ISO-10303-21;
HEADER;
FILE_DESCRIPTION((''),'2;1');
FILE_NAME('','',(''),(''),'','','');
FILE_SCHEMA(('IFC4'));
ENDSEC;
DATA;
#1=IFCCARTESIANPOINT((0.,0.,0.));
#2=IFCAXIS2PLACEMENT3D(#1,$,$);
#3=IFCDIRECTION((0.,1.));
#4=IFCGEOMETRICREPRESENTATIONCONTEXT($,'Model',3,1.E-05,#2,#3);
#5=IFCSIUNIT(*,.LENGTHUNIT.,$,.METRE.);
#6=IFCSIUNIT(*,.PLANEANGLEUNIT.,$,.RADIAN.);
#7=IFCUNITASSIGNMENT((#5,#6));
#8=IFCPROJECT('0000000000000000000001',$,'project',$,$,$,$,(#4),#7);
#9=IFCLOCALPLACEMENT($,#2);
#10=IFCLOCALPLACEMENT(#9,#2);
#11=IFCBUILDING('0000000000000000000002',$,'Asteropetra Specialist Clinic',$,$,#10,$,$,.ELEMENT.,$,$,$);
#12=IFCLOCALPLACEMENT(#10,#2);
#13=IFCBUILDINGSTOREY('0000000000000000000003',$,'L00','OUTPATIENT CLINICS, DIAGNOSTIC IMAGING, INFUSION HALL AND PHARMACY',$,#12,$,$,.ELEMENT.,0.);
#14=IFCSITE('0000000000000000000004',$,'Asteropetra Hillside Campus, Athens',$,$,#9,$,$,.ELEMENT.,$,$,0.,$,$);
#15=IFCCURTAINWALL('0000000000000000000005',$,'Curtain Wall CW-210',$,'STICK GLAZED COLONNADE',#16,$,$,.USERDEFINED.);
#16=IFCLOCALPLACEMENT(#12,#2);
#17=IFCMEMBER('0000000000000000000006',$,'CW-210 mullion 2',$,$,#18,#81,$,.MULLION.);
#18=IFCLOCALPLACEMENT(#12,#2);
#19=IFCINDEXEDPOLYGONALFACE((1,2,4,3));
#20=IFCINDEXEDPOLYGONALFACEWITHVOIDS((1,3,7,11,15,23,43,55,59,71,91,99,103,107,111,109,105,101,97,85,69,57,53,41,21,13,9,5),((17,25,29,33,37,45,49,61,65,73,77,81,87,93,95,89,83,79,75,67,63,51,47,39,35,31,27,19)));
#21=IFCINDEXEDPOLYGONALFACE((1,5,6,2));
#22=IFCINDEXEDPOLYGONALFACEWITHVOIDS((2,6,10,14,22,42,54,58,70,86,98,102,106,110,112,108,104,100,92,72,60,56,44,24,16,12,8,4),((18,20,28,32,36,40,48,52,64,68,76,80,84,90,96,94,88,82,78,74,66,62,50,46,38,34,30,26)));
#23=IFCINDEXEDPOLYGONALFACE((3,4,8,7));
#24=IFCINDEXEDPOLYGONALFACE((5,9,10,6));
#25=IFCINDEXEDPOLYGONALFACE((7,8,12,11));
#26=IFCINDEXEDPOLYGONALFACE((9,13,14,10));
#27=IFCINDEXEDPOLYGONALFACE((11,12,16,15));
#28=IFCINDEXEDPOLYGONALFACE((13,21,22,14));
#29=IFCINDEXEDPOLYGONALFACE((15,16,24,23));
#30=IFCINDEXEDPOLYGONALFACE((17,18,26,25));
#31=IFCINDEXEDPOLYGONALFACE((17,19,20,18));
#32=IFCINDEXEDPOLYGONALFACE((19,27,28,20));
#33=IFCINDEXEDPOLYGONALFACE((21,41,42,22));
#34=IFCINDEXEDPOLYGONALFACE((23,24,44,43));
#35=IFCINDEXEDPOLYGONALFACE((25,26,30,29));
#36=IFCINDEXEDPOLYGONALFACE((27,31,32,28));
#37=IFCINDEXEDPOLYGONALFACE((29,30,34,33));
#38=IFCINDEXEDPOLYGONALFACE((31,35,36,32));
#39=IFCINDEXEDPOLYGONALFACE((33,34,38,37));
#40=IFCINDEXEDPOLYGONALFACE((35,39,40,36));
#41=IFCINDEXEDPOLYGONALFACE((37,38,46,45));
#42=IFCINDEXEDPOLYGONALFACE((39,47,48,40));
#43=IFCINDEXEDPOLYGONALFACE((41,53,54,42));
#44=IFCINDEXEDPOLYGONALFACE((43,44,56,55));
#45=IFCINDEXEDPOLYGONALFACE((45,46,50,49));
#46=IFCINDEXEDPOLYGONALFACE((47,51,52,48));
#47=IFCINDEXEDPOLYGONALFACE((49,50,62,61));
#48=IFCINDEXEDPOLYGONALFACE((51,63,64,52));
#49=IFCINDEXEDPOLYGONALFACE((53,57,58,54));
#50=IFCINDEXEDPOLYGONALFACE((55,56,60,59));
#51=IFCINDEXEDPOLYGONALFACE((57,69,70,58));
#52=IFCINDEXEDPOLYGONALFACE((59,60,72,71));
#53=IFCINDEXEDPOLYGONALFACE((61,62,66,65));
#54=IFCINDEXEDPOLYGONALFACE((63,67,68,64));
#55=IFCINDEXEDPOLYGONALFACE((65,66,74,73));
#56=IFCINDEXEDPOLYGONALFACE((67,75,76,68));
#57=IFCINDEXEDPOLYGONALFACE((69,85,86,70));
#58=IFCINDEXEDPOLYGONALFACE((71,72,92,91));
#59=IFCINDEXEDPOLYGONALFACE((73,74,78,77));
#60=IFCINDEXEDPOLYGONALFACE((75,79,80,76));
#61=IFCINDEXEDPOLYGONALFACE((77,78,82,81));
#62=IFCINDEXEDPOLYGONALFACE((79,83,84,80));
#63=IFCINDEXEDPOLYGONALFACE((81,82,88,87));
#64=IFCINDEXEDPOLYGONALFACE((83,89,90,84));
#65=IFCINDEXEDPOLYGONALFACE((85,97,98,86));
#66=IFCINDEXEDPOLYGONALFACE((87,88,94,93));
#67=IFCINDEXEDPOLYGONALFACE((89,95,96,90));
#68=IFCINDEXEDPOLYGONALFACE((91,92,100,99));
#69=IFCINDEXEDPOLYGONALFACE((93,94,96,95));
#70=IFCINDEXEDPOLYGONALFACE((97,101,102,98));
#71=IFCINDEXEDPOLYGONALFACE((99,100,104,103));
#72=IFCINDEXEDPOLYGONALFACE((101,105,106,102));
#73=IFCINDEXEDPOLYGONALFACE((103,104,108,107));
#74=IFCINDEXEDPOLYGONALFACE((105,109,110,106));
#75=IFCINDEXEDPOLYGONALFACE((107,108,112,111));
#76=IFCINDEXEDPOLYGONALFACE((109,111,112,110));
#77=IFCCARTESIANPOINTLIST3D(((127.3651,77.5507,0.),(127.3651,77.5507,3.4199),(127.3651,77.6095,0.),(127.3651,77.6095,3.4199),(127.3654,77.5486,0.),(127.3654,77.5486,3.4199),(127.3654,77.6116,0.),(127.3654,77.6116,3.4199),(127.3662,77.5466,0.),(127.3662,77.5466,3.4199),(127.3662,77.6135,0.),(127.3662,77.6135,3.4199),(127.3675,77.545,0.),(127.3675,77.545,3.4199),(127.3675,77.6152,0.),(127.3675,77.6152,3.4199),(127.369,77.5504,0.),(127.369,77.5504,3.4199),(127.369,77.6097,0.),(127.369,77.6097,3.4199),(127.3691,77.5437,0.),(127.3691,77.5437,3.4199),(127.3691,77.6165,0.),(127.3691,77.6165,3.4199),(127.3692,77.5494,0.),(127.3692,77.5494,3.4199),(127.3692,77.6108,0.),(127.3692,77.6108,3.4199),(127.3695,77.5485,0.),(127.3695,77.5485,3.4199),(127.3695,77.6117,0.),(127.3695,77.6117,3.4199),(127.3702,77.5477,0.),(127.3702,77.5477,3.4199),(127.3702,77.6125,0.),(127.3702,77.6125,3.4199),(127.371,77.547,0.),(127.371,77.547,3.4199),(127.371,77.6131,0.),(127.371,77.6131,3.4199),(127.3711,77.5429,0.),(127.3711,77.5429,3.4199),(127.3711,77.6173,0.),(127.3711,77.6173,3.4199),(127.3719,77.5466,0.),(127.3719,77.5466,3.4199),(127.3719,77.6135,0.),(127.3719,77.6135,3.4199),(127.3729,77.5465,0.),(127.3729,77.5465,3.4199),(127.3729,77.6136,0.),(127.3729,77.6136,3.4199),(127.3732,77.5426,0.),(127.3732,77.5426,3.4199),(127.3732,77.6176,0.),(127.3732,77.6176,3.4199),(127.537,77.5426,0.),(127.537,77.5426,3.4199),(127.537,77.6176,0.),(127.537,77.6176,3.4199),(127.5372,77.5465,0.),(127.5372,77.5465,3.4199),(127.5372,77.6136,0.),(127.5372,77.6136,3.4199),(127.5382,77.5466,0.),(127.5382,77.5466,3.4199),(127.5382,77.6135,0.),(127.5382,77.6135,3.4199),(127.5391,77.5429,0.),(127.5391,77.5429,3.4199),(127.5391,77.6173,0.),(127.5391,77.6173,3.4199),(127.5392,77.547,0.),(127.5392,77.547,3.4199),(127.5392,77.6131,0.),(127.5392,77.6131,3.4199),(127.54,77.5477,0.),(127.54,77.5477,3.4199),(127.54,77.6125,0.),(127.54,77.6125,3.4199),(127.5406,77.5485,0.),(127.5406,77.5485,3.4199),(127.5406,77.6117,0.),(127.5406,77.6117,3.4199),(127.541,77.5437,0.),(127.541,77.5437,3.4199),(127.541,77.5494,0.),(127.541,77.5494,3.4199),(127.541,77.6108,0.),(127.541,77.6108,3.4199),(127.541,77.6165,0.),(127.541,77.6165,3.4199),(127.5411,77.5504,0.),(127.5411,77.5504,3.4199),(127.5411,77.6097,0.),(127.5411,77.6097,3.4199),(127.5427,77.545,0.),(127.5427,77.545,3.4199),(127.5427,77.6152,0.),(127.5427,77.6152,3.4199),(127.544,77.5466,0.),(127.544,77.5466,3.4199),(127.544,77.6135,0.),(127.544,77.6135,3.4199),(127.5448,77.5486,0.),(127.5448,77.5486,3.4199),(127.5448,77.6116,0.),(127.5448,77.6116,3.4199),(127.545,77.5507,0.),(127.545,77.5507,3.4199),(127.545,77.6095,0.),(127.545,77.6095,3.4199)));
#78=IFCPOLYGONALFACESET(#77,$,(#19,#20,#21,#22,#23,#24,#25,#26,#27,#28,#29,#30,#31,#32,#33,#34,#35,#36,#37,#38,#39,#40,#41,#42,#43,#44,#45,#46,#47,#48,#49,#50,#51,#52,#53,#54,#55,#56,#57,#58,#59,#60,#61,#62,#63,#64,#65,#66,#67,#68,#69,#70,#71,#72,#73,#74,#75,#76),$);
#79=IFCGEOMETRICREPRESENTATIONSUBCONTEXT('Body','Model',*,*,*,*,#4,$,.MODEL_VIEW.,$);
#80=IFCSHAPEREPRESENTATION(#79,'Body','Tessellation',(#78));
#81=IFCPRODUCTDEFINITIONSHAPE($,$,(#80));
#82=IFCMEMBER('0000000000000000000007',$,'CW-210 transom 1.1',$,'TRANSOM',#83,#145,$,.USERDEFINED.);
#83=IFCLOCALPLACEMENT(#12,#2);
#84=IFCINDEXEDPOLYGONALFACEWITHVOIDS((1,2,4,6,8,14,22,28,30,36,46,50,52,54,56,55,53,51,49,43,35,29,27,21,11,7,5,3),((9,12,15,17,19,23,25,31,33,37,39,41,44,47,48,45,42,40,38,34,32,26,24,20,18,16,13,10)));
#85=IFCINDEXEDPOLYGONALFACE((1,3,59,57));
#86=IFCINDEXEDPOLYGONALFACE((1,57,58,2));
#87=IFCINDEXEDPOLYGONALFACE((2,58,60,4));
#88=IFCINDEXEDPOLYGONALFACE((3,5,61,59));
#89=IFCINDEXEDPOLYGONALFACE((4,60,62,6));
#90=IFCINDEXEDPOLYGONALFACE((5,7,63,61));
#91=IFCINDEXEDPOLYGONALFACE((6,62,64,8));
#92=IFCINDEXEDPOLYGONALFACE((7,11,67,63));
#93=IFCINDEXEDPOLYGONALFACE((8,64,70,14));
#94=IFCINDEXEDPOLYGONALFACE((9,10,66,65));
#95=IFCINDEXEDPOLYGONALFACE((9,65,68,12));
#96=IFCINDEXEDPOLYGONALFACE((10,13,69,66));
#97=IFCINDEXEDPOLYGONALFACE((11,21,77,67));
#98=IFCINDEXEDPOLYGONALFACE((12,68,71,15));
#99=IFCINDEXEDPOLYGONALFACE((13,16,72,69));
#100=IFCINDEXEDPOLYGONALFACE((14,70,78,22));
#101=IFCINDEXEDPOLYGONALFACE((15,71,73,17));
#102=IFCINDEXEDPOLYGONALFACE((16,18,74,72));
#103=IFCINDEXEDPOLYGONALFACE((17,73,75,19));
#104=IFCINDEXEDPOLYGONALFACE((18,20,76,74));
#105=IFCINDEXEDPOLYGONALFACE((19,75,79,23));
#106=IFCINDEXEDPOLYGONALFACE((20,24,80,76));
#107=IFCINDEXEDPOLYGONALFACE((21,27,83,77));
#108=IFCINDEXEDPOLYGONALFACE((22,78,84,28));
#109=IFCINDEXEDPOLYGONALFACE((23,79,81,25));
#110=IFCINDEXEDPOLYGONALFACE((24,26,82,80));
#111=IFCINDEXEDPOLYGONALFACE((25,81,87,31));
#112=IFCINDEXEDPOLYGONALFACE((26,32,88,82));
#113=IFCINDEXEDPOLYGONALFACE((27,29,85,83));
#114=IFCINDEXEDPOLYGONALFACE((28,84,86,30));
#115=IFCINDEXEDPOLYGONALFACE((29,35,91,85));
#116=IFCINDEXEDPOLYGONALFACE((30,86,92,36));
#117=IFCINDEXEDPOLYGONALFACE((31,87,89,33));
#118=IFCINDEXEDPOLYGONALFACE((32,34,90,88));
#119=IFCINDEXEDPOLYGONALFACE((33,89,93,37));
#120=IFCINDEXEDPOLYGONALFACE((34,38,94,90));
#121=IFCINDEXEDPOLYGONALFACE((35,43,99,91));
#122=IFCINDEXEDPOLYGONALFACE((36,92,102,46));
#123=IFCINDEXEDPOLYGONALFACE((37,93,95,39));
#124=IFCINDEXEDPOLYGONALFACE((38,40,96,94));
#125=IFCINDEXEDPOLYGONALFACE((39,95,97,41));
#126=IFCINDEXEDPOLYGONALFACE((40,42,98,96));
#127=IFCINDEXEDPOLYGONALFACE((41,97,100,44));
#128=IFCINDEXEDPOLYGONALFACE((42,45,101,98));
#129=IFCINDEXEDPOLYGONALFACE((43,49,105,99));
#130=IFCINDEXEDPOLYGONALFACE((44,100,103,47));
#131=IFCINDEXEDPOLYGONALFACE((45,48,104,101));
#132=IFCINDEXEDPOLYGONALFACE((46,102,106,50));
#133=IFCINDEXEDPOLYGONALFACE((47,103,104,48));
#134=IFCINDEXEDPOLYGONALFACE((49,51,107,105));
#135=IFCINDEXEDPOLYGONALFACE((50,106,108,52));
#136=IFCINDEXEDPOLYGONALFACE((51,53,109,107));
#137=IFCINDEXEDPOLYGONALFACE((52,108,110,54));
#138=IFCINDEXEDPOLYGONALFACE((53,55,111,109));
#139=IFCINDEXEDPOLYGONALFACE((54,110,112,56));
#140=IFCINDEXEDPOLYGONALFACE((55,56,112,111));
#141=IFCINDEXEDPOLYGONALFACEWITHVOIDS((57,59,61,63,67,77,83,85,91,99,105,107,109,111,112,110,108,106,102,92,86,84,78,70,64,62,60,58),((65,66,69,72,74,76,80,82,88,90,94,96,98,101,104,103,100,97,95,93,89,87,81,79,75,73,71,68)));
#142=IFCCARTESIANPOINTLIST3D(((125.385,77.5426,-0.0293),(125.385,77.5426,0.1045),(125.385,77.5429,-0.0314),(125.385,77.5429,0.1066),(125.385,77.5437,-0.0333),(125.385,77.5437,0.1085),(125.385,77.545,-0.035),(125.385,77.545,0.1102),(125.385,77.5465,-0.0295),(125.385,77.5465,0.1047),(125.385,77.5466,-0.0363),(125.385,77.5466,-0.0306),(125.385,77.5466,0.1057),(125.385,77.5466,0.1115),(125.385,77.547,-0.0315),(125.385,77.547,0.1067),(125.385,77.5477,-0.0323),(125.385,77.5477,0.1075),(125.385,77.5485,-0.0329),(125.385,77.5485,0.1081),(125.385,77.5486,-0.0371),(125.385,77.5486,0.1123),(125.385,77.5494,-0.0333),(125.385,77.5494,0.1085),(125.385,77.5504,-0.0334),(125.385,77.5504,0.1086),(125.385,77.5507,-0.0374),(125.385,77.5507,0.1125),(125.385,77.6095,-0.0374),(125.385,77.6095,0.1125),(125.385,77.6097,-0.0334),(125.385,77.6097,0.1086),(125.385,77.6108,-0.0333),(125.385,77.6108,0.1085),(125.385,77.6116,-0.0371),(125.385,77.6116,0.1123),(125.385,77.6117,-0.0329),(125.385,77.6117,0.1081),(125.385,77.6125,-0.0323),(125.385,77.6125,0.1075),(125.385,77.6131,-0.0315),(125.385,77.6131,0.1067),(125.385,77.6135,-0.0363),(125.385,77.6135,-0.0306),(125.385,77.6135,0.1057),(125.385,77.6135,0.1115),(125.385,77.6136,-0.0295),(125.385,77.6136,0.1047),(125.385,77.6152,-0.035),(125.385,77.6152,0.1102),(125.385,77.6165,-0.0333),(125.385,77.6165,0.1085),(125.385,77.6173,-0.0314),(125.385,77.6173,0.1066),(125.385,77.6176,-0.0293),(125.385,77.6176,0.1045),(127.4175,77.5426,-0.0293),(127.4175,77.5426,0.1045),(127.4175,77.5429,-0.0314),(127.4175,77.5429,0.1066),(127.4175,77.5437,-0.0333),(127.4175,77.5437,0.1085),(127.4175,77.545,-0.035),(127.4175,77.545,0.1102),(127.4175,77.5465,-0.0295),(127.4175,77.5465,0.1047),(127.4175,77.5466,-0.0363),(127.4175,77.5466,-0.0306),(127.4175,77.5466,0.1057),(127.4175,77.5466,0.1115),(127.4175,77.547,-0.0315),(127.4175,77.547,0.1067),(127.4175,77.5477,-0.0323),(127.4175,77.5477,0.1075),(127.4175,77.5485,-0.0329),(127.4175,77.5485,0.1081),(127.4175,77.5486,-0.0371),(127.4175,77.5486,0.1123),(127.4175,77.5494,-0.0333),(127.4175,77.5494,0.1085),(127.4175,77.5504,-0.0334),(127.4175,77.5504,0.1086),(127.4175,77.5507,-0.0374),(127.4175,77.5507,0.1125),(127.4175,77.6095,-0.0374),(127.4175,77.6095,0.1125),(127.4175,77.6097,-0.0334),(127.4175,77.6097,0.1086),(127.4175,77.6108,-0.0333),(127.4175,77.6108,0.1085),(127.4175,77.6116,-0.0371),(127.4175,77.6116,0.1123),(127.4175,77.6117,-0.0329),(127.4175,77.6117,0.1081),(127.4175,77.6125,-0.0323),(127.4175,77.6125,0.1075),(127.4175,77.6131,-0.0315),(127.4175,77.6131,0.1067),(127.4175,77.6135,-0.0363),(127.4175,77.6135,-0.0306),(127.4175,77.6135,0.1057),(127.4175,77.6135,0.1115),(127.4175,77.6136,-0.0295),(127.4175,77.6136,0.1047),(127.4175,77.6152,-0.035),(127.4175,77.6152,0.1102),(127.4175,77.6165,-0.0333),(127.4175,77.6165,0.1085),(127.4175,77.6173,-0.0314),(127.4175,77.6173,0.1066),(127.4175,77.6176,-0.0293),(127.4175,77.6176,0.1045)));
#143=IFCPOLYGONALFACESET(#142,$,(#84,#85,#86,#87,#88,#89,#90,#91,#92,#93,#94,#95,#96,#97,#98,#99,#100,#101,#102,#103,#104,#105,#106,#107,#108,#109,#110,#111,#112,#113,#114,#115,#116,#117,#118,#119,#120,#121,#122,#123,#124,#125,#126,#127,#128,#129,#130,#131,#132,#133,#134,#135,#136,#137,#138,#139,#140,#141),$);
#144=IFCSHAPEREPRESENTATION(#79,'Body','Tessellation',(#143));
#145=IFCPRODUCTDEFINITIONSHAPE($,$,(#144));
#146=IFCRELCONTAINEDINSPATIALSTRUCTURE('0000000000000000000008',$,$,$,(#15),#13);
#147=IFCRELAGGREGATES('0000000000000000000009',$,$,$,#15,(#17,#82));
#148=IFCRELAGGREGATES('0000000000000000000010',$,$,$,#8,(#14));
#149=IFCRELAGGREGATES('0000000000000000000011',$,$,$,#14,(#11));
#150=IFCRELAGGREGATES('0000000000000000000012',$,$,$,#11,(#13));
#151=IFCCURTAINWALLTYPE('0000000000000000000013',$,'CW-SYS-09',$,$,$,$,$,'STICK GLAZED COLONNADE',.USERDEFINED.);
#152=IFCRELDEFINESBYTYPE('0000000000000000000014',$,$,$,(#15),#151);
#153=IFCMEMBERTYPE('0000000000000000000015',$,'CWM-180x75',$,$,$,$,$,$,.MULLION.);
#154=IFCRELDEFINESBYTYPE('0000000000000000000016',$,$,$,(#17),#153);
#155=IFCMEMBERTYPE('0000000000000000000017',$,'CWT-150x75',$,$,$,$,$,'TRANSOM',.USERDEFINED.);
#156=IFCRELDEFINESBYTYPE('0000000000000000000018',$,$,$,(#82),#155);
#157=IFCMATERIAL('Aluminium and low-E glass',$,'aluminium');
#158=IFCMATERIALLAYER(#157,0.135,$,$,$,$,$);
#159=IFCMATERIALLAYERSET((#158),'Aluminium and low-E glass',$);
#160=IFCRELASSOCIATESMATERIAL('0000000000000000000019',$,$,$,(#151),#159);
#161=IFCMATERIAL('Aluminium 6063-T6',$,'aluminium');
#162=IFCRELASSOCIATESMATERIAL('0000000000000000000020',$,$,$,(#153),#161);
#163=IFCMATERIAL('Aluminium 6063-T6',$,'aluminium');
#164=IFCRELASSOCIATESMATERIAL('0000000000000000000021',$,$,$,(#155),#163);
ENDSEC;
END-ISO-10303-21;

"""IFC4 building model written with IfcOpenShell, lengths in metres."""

from ifc_helpers import new_model, si_unit, direction, frame, origin, origin_2d, place, context, subcontext, project, spatial, hollow_rectangle, extrude, material, layer, layer_set, material_profile, profile_set, type_object, element, aggregate, save


model = new_model("IFC4")

# Units and contexts
model_context = context("Model", 3, precision=1e-05, world=origin(), true_north=direction((0.0, 1.0)))
body_context = subcontext(model_context, "Body", "Model", "MODEL_VIEW")
ifc_project = project(units=[si_unit("LENGTHUNIT", "METRE"), si_unit("PLANEANGLEUNIT", "RADIAN")], contexts=[model_context])

# Site, building, storey
site_placement = place(None, origin())
site = spatial("IfcSite", under=ifc_project, at=site_placement, Name="Asteropetra Hillside Campus, Athens", CompositionType="ELEMENT", RefElevation=0.0)
building_placement = place(site_placement, origin())
building = spatial("IfcBuilding", under=site, at=building_placement, Name="Asteropetra Specialist Clinic", CompositionType="ELEMENT")
storey_placement = place(building_placement, origin())
storey = spatial("IfcBuildingStorey", under=building, at=storey_placement, Name="L00", Description="OUTPATIENT CLINICS, DIAGNOSTIC IMAGING, INFUSION HALL AND PHARMACY", CompositionType="ELEMENT", Elevation=0.0)

# Curtain wall, members
ifc_material_1 = material(Name="Aluminium and low-E glass", Category="aluminium")
ifc_layer_1 = layer(ifc_material_1, 0.135)
ifc_layer_set_1 = layer_set([ifc_layer_1], Name="Aluminium and low-E glass")
curtain_wall_type_1 = type_object("IfcCurtainWallType", Name="CW-SYS-09", ElementType="STICK GLAZED COLONNADE", PredefinedType="USERDEFINED", material=ifc_layer_set_1)
curtain_wall_1_placement = place(storey_placement, origin())
curtain_wall_1 = element("IfcCurtainWall", 1, at=curtain_wall_1_placement, inside=storey, type_object=curtain_wall_type_1, Name="Curtain Wall CW-210", ObjectType="STICK GLAZED COLONNADE", PredefinedType="USERDEFINED")
ifc_material_2 = material(Name="Aluminium 6063-T6", Category="aluminium")
ifc_material_profile_1 = material_profile(ifc_material_2, hollow_rectangle(XDim=0.075, YDim=0.1799, WallThickness=0.0039, InnerFilletRadius=0.0039, OuterFilletRadius=0.0081, at=origin_2d()), Name="MUL 180x75x4.0")
ifc_profile_set_1 = profile_set([ifc_material_profile_1], Name="Aluminium 6063-T6")
member_type_1 = type_object("IfcMemberType", Name="CWM-180x75", PredefinedType="MULLION", material=ifc_profile_set_1)
member_1_placement = place(storey_placement, frame((127.4551, 77.5801, 0.0), z_axis=(0.0, 0.0, 1.0), x_axis=(0.0, 1.0, 0.0)))
member_1 = element("IfcMember", 2, at=member_1_placement, type_object=member_type_1, Name="CW-210 mullion 2", PredefinedType="MULLION", context=body_context, shape_type="SweptSolid", body=[
    extrude(hollow_rectangle(XDim=0.075, YDim=0.1799, WallThickness=0.0039, InnerFilletRadius=0.0039, OuterFilletRadius=0.0081, at=origin_2d()), origin(), (0.0, 0.0, 1.0), 3.4199),
])
ifc_material_3 = material(Name="Aluminium 6063-T6", Category="aluminium")
ifc_material_profile_2 = material_profile(ifc_material_3, hollow_rectangle(XDim=0.075, YDim=0.1499, WallThickness=0.0039, InnerFilletRadius=0.0039, OuterFilletRadius=0.0081, at=origin_2d()), Name="TRN 150x75x4.0")
ifc_profile_set_2 = profile_set([ifc_material_profile_2], Name="Aluminium 6063-T6")
member_type_2 = type_object("IfcMemberType", Name="CWT-150x75", ElementType="TRANSOM", PredefinedType="USERDEFINED", material=ifc_profile_set_2)
member_2_placement = place(storey_placement, frame((125.385, 77.5801, 0.0376), z_axis=(1.0, 0.0, 0.0), x_axis=(0.0, 1.0, 0.0)))
member_2 = element("IfcMember", 3, at=member_2_placement, type_object=member_type_2, Name="CW-210 transom 1.1", ObjectType="TRANSOM", PredefinedType="USERDEFINED", context=body_context, shape_type="SweptSolid", body=[
    extrude(hollow_rectangle(XDim=0.075, YDim=0.1499, WallThickness=0.0039, InnerFilletRadius=0.0039, OuterFilletRadius=0.0081, at=origin_2d()), origin(), (0.0, 0.0, 1.0), 2.0325),
])
aggregate(curtain_wall_1, [member_1, member_2])

save(model, "model.ifc")
